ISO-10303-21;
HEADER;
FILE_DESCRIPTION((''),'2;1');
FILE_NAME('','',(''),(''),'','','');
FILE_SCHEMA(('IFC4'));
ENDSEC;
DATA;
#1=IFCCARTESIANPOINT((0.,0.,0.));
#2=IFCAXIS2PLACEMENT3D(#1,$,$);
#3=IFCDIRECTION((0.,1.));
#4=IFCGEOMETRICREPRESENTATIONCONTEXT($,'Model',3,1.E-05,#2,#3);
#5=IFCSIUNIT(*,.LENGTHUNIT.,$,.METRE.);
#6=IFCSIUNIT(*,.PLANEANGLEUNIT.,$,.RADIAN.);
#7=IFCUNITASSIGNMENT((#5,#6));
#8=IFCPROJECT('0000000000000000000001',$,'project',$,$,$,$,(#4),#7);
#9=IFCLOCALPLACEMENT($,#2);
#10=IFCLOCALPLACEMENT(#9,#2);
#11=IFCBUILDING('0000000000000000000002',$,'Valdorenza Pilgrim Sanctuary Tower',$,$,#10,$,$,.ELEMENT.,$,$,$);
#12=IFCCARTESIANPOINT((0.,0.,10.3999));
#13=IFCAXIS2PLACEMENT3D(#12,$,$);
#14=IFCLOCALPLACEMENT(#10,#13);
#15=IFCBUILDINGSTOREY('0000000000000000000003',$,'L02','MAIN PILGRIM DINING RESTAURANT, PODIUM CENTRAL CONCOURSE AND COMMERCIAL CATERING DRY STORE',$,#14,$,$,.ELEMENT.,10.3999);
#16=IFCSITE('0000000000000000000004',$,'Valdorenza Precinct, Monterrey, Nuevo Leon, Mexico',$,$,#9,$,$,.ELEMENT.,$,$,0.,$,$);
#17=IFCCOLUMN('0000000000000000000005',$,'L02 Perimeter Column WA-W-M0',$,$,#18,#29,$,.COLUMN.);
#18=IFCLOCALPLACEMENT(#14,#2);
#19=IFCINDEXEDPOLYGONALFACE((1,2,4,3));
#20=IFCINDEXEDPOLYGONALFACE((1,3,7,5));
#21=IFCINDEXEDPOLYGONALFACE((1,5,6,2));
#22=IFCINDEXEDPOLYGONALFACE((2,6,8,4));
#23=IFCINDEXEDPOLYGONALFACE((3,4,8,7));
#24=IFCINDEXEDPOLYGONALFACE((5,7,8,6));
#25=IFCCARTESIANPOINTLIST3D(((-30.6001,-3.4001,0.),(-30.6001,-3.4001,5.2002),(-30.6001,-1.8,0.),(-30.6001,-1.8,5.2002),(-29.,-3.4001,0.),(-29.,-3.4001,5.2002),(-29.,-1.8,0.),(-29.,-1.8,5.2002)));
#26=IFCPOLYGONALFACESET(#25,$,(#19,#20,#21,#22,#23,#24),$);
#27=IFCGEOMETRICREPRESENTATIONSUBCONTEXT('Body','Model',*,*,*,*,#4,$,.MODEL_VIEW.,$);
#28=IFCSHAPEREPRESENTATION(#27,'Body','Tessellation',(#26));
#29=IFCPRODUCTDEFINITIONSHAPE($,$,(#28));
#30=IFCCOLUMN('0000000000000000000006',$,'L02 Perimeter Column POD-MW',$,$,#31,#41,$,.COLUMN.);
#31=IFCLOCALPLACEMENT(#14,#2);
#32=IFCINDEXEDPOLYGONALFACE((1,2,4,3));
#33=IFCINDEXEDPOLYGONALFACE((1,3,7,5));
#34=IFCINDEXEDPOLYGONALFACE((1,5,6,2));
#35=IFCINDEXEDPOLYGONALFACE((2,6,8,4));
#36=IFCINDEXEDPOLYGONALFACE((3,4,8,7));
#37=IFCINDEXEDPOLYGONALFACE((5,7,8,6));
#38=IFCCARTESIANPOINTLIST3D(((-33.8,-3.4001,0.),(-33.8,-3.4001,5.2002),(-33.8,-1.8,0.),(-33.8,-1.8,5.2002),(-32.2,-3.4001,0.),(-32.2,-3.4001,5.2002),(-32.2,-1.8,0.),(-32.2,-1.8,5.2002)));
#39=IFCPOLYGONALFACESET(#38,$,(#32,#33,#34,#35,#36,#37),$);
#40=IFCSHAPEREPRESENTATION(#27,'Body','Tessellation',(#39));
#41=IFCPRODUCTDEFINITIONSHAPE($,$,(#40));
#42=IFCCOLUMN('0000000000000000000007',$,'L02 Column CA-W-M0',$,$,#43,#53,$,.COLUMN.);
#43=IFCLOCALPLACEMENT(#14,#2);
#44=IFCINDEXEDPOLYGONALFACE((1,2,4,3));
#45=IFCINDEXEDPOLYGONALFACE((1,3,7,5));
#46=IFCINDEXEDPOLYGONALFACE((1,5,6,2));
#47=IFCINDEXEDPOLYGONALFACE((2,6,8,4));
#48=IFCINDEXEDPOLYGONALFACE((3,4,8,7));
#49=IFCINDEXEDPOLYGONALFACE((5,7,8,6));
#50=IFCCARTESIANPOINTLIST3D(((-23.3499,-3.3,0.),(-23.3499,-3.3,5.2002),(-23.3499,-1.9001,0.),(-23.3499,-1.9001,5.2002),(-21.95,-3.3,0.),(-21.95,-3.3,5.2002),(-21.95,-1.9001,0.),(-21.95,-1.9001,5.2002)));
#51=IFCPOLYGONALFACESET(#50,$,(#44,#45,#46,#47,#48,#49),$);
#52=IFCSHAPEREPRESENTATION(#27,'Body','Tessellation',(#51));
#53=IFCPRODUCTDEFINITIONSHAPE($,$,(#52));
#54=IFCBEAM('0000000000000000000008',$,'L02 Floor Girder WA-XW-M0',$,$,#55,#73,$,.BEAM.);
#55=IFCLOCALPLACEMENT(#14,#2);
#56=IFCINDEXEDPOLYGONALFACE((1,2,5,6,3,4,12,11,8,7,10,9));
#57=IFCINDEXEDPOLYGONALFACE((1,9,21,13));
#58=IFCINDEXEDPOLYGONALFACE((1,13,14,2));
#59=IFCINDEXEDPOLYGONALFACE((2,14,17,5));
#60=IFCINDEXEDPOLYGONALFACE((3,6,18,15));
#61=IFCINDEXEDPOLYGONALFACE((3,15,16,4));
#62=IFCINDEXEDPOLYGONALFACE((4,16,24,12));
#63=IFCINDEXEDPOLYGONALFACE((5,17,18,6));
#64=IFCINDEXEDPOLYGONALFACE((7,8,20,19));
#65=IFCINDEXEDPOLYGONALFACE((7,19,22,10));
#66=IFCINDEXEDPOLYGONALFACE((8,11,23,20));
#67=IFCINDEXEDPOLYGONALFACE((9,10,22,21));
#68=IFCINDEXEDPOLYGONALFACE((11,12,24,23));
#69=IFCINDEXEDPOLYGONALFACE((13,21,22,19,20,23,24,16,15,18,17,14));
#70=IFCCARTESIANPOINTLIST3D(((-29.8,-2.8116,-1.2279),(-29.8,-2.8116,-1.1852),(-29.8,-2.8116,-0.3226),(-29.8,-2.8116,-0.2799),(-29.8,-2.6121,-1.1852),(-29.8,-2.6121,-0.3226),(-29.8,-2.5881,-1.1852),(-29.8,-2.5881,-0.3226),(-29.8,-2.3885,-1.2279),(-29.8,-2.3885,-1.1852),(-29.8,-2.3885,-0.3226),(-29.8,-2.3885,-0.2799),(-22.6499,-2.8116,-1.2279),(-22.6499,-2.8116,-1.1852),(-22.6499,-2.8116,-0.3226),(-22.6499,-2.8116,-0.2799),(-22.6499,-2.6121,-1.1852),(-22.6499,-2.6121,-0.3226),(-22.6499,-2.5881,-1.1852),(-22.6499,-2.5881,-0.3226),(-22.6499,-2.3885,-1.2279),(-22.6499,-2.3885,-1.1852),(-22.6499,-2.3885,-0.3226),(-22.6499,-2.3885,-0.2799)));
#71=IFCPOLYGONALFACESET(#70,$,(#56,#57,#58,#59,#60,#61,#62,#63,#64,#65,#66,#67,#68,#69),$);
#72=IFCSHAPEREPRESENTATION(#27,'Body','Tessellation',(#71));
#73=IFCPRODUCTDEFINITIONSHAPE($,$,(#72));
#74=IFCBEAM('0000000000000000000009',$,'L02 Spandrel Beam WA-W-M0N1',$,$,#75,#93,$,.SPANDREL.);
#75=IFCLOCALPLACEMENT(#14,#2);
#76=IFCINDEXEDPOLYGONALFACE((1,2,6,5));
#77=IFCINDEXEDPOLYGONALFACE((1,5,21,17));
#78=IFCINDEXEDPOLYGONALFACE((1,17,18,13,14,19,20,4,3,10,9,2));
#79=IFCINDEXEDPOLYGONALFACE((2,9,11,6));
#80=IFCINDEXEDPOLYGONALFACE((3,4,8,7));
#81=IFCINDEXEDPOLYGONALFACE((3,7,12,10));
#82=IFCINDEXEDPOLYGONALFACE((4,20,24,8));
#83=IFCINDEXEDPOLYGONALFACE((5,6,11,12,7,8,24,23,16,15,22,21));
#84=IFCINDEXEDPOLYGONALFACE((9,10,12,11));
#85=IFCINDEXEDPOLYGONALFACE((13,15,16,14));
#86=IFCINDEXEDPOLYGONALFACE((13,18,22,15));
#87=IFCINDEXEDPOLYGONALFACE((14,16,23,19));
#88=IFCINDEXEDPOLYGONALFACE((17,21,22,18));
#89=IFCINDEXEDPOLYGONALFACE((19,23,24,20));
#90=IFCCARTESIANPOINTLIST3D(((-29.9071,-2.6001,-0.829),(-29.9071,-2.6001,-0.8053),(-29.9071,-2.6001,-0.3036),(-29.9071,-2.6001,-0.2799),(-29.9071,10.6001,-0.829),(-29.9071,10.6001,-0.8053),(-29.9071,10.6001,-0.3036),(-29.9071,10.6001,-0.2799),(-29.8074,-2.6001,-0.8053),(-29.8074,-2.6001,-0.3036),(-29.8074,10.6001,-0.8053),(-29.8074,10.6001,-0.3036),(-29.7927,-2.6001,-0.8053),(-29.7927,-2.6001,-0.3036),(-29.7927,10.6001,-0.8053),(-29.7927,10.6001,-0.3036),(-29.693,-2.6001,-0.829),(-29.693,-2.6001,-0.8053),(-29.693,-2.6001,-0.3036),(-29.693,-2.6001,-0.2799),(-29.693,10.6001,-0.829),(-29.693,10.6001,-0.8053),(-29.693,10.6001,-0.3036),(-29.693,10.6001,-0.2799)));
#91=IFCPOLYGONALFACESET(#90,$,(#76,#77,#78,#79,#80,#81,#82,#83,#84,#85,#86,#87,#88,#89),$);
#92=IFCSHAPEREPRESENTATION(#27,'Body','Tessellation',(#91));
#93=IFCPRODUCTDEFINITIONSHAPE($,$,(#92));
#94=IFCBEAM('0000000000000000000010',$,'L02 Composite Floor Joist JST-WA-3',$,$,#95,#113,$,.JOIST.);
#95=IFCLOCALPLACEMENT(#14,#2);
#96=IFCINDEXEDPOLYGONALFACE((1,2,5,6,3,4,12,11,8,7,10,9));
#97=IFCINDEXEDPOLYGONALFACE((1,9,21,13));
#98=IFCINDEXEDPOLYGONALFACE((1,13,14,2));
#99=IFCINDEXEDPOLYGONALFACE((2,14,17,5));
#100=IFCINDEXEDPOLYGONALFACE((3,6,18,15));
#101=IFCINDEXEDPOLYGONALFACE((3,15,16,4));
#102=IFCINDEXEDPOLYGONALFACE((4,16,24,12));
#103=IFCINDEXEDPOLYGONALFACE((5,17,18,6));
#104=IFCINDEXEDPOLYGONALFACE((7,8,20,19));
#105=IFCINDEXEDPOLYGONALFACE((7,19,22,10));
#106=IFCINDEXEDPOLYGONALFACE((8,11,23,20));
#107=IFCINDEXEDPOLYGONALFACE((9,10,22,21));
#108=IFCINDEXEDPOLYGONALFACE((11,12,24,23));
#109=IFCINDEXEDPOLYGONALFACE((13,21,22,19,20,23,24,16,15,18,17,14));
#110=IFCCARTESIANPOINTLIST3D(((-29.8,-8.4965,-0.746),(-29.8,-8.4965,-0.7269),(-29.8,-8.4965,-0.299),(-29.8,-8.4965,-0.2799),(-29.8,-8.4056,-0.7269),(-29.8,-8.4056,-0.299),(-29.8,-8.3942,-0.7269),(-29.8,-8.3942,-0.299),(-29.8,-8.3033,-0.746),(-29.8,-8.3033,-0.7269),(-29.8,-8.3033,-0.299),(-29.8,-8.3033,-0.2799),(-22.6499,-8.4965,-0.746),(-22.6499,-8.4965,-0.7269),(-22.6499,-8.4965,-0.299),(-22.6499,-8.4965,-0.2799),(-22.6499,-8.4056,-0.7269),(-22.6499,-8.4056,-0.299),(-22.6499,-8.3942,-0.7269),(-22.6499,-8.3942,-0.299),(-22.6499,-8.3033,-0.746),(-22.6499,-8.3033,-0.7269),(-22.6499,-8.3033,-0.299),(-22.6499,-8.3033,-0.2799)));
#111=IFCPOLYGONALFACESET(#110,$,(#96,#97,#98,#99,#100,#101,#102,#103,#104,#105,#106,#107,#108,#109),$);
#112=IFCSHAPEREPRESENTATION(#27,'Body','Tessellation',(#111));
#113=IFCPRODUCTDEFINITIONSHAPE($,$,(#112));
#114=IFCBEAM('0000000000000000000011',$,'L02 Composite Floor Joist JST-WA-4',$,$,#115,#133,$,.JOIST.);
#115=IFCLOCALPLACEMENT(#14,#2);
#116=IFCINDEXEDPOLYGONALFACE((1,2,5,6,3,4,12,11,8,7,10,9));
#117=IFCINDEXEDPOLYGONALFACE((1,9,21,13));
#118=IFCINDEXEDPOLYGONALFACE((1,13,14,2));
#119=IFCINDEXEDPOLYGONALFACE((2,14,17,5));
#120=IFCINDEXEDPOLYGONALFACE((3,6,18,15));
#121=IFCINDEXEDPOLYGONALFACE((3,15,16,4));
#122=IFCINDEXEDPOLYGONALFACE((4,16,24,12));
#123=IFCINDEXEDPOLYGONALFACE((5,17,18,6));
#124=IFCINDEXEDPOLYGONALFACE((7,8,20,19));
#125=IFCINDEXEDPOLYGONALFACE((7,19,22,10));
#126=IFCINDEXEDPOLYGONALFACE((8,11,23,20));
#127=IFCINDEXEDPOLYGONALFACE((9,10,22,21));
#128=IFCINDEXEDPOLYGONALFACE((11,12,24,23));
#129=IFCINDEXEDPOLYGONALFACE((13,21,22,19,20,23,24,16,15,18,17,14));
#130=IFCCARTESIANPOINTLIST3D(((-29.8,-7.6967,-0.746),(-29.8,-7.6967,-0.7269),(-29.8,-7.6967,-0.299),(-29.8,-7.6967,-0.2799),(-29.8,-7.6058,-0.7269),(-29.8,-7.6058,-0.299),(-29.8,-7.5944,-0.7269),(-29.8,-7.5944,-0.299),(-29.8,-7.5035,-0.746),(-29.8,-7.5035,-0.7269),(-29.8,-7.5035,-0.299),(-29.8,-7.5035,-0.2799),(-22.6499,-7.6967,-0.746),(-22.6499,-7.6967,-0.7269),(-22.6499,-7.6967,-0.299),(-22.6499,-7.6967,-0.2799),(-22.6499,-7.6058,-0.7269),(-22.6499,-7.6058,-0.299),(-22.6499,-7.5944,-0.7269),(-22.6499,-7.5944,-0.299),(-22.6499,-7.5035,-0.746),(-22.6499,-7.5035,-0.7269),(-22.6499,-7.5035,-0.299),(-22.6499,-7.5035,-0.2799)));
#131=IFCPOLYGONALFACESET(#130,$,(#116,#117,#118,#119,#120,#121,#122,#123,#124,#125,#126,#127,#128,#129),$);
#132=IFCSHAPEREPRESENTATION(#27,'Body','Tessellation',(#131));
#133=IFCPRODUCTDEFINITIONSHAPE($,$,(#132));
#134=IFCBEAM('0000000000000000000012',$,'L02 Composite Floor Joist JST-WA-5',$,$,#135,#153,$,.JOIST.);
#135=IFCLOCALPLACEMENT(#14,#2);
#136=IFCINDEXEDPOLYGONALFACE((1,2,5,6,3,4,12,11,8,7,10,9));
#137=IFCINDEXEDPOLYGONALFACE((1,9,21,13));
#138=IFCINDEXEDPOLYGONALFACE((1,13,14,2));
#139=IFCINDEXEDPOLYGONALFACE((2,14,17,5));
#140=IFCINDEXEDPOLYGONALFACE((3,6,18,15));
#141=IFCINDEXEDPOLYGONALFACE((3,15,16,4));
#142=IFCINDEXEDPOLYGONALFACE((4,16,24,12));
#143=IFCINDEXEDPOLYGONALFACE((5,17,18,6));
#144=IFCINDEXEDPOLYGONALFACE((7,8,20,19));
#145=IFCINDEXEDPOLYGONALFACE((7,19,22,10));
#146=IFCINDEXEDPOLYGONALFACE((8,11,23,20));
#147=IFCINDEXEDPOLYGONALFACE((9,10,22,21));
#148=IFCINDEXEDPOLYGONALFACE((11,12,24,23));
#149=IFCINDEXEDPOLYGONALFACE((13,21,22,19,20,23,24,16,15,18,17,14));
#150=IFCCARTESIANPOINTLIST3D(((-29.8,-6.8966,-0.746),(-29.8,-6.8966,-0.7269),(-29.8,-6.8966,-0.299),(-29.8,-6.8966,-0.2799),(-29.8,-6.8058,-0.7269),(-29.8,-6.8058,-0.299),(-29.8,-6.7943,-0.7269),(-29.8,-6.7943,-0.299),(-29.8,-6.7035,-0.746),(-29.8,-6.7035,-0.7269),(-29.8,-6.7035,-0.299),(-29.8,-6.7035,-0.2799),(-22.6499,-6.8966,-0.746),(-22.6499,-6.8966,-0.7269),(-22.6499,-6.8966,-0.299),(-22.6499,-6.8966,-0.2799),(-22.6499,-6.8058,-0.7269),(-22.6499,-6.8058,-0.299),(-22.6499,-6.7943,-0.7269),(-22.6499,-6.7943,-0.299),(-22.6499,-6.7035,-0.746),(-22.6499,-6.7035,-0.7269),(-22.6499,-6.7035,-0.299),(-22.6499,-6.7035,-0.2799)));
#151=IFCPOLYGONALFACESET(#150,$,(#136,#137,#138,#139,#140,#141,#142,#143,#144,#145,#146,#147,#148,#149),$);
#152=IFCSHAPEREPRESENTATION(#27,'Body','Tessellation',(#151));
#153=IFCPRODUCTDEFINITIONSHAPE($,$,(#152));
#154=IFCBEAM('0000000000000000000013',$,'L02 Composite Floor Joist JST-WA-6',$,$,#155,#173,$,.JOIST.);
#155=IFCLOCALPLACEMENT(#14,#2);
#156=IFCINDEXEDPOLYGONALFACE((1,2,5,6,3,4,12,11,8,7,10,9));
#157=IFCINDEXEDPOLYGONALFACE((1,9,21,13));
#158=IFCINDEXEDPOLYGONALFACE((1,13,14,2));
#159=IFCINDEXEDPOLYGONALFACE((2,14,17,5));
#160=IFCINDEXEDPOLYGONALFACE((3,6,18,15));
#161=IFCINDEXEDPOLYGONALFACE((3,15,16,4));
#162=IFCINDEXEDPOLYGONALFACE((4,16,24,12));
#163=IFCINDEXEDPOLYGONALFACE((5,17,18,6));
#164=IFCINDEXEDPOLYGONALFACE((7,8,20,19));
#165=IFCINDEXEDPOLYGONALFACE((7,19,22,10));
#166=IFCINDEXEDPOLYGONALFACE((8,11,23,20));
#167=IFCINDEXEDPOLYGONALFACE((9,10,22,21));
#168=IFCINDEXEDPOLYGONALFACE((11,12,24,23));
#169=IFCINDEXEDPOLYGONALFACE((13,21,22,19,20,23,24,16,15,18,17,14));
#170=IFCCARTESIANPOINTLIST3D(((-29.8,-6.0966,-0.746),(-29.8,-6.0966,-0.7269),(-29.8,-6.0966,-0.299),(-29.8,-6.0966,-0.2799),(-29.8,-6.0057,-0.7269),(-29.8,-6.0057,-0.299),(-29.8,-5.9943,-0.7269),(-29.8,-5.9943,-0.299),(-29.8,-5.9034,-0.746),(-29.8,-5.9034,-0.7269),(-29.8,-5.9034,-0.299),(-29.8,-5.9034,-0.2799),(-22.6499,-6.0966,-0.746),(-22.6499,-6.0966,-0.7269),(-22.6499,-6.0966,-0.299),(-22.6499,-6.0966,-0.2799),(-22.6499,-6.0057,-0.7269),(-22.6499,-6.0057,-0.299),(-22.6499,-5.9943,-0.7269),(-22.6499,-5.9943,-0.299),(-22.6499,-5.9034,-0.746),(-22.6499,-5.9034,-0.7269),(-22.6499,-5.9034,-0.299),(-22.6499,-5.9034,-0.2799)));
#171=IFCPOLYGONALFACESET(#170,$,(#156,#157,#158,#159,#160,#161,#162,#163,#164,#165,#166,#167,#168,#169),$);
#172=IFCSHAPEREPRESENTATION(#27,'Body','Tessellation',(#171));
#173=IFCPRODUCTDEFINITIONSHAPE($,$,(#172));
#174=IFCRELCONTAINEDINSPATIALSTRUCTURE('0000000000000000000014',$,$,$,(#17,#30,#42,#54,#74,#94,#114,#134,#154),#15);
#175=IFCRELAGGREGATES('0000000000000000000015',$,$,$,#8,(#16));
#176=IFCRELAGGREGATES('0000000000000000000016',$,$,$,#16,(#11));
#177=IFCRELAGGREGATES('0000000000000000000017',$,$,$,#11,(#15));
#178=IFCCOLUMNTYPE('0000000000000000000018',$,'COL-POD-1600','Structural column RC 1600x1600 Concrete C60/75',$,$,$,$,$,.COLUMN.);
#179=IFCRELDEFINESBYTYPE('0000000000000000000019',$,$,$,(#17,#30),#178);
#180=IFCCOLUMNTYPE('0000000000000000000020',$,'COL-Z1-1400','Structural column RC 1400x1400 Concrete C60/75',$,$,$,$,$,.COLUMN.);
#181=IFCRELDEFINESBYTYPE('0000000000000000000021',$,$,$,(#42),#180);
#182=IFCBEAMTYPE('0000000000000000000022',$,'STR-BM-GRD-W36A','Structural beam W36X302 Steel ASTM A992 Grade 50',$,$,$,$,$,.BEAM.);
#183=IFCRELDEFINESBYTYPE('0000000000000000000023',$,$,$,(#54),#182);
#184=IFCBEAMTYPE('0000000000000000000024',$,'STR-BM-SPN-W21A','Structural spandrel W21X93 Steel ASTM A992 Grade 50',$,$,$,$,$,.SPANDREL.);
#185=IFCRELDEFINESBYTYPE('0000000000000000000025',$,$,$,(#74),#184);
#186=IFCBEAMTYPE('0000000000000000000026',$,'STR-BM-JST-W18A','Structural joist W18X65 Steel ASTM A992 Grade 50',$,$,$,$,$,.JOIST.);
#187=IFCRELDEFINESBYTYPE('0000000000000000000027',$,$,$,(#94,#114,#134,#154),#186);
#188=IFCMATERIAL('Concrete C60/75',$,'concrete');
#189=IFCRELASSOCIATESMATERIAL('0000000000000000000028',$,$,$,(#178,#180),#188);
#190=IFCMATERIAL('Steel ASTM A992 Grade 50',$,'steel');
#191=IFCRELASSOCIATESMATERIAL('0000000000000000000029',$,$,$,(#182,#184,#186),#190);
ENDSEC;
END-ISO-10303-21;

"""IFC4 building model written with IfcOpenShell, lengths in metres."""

from ifc_helpers import new_model, si_unit, direction, frame, origin, origin_2d, place, context, subcontext, project, spatial, rectangle, i_section, extrude, source, transform, mapped, material, material_profile, profile_set, type_object, element, save


model = new_model("IFC4")

# Units and contexts
model_context = context("Model", 3, precision=1e-05, world=origin(), true_north=direction((0.0, 1.0)))
body_context = subcontext(model_context, "Body", "Model", "MODEL_VIEW")
ifc_project = project(units=[si_unit("LENGTHUNIT", "METRE"), si_unit("PLANEANGLEUNIT", "RADIAN")], contexts=[model_context])

# Site, building, storey
site_placement = place(None, origin())
site = spatial("IfcSite", under=ifc_project, at=site_placement, Name="Valdorenza Precinct, Monterrey, Nuevo Leon, Mexico", CompositionType="ELEMENT", RefElevation=0.0)
building_placement = place(site_placement, origin())
building = spatial("IfcBuilding", under=site, at=building_placement, Name="Valdorenza Pilgrim Sanctuary Tower", CompositionType="ELEMENT")
storey_placement = place(building_placement, frame((0.0, 0.0, 10.3999)))
storey = spatial("IfcBuildingStorey", under=building, at=storey_placement, Name="L02", Description="MAIN PILGRIM DINING RESTAURANT, PODIUM CENTRAL CONCOURSE AND COMMERCIAL CATERING DRY STORE", CompositionType="ELEMENT", Elevation=10.3999)

# Columns
ifc_material_1 = material(Name="Concrete C60/75", Category="concrete")
ifc_material_profile_1 = material_profile(ifc_material_1, rectangle(XDim=1.6001, YDim=1.6001, at=origin_2d()), Name="RC 1600x1600")
ifc_profile_set_1 = profile_set([ifc_material_profile_1], Name="Concrete C60/75")
column_type_1 = type_object("IfcColumnType", Name="COL-POD-1600", Description="Structural column RC 1600x1600 Concrete C60/75", PredefinedType="COLUMN", material=ifc_profile_set_1)
shared_shape_1 = source(origin(), body_context, "Body", "SweptSolid", [
    extrude(rectangle(XDim=1.6001, YDim=1.6001, at=origin_2d()), origin(), (0.0, 0.0, 1.0), 5.2002),
])
for number, where, z_axis, x_axis, name in (
    (1, (-29.8, -2.6001, 0.0), (0.0, 0.0, 1.0), (1.0, 0.0, 0.0), "L02 Perimeter Column WA-W-M0"),
    (2, (-33.0, -2.6001, 0.0), (0.0, 0.0, 1.0), (1.0, 0.0, 0.0), "L02 Perimeter Column POD-MW"),
):
    element("IfcColumn", number, at=place(storey_placement, frame(where, z_axis=z_axis, x_axis=x_axis)), inside=storey, type_object=column_type_1, Name=name, PredefinedType="COLUMN", context=body_context, shape_type="MappedRepresentation", body=[
        mapped(shared_shape_1, transform((0.0, 0.0, 0.0), x_axis=(1.0, 0.0, 0.0), y_axis=(0.0, 1.0, 0.0), z_axis=(0.0, 0.0, 1.0), scale=1.0)),
    ])
ifc_material_profile_2 = material_profile(ifc_material_1, rectangle(XDim=1.3999, YDim=1.3999, at=origin_2d()), Name="RC 1400x1400")
ifc_profile_set_2 = profile_set([ifc_material_profile_2], Name="Concrete C60/75")
column_type_2 = type_object("IfcColumnType", Name="COL-Z1-1400", Description="Structural column RC 1400x1400 Concrete C60/75", PredefinedType="COLUMN", material=ifc_profile_set_2)
shared_shape_2 = source(origin(), body_context, "Body", "SweptSolid", [
    extrude(rectangle(XDim=1.3999, YDim=1.3999, at=origin_2d()), origin(), (0.0, 0.0, 1.0), 5.2002),
])
column_placement = place(storey_placement, frame((-22.6499, -2.6001, 0.0), z_axis=(0.0, 0.0, 1.0), x_axis=(1.0, 0.0, 0.0)))
element("IfcColumn", 3, at=column_placement, inside=storey, type_object=column_type_2, Name="L02 Column CA-W-M0", PredefinedType="COLUMN", context=body_context, shape_type="MappedRepresentation", body=[
    mapped(shared_shape_2, transform((0.0, 0.0, 0.0), x_axis=(1.0, 0.0, 0.0), y_axis=(0.0, 1.0, 0.0), z_axis=(0.0, 0.0, 1.0), scale=1.0)),
])

# Beams
ifc_material_2 = material(Name="Steel ASTM A992 Grade 50", Category="steel")
ifc_material_profile_3 = material_profile(ifc_material_2, i_section(OverallWidth=0.4231, OverallDepth=0.948, WebThickness=0.0239, FlangeThickness=0.0427, at=origin_2d()), Name="W36X302")
ifc_profile_set_3 = profile_set([ifc_material_profile_3], Name="Steel ASTM A992 Grade 50")
beam_type_1 = type_object("IfcBeamType", Name="STR-BM-GRD-W36A", Description="Structural beam W36X302 Steel ASTM A992 Grade 50", PredefinedType="BEAM", material=ifc_profile_set_3)
shared_shape_3 = source(origin(), body_context, "Body", "SweptSolid", [
    extrude(i_section(OverallWidth=0.4231, OverallDepth=0.948, WebThickness=0.0239, FlangeThickness=0.0427, at=origin_2d()), origin(), (0.0, 0.0, 1.0), 7.1501),
])
beam_1_placement = place(storey_placement, frame((-29.8, -2.6001, -0.7539), z_axis=(1.0, 0.0, 0.0), x_axis=(0.0, 1.0, 0.0)))
element("IfcBeam", 4, at=beam_1_placement, inside=storey, type_object=beam_type_1, Name="L02 Floor Girder WA-XW-M0", PredefinedType="BEAM", context=body_context, shape_type="MappedRepresentation", body=[
    mapped(shared_shape_3, transform((0.0, 0.0, 0.0), x_axis=(1.0, 0.0, 0.0), y_axis=(0.0, 1.0, 0.0), z_axis=(0.0, 0.0, 1.0), scale=1.0)),
])
ifc_material_profile_4 = material_profile(ifc_material_2, i_section(OverallWidth=0.2141, OverallDepth=0.5491, WebThickness=0.0146, FlangeThickness=0.0237, at=origin_2d()), Name="W21X93")
ifc_profile_set_4 = profile_set([ifc_material_profile_4], Name="Steel ASTM A992 Grade 50")
beam_type_2 = type_object("IfcBeamType", Name="STR-BM-SPN-W21A", Description="Structural spandrel W21X93 Steel ASTM A992 Grade 50", PredefinedType="SPANDREL", material=ifc_profile_set_4)
shared_shape_4 = source(origin(), body_context, "Body", "SweptSolid", [
    extrude(i_section(OverallWidth=0.2141, OverallDepth=0.5491, WebThickness=0.0146, FlangeThickness=0.0237, at=origin_2d()), origin(), (0.0, 0.0, 1.0), 13.2002),
])
beam_2_placement = place(storey_placement, frame((-29.8, -2.6001, -0.5544), z_axis=(0.0, 1.0, 0.0), x_axis=(-1.0, 0.0, 0.0)))
element("IfcBeam", 5, at=beam_2_placement, inside=storey, type_object=beam_type_2, Name="L02 Spandrel Beam WA-W-M0N1", PredefinedType="SPANDREL", context=body_context, shape_type="MappedRepresentation", body=[
    mapped(shared_shape_4, transform((0.0, 0.0, 0.0), x_axis=(1.0, 0.0, 0.0), y_axis=(0.0, 1.0, 0.0), z_axis=(0.0, 0.0, 1.0), scale=1.0)),
])
ifc_material_profile_5 = material_profile(ifc_material_2, i_section(OverallWidth=0.1931, OverallDepth=0.4661, WebThickness=0.0115, FlangeThickness=0.019, at=origin_2d()), Name="W18X65")
ifc_profile_set_5 = profile_set([ifc_material_profile_5], Name="Steel ASTM A992 Grade 50")
beam_type_3 = type_object("IfcBeamType", Name="STR-BM-JST-W18A", Description="Structural joist W18X65 Steel ASTM A992 Grade 50", PredefinedType="JOIST", material=ifc_profile_set_5)
shared_shape_5 = source(origin(), body_context, "Body", "SweptSolid", [
    extrude(i_section(OverallWidth=0.1931, OverallDepth=0.4661, WebThickness=0.0115, FlangeThickness=0.019, at=origin_2d()), origin(), (0.0, 0.0, 1.0), 7.1501),
])
for number, where, z_axis, x_axis, name in (
    (6, (-29.8, -8.3999, -0.5129), (1.0, 0.0, 0.0), (0.0, 1.0, 0.0), "L02 Composite Floor Joist JST-WA-3"),
    (7, (-29.8, -7.6001, -0.5129), (1.0, 0.0, 0.0), (0.0, 1.0, 0.0), "L02 Composite Floor Joist JST-WA-4"),
    (8, (-29.8, -6.8, -0.5129), (1.0, 0.0, 0.0), (0.0, 1.0, 0.0), "L02 Composite Floor Joist JST-WA-5"),
    (9, (-29.8, -6.0, -0.5129), (1.0, 0.0, 0.0), (0.0, 1.0, 0.0), "L02 Composite Floor Joist JST-WA-6"),
):
    element("IfcBeam", number, at=place(storey_placement, frame(where, z_axis=z_axis, x_axis=x_axis)), inside=storey, type_object=beam_type_3, Name=name, PredefinedType="JOIST", context=body_context, shape_type="MappedRepresentation", body=[
        mapped(shared_shape_5, transform((0.0, 0.0, 0.0), x_axis=(1.0, 0.0, 0.0), y_axis=(0.0, 1.0, 0.0), z_axis=(0.0, 0.0, 1.0), scale=1.0)),
    ])

save(model, "model.ifc")
